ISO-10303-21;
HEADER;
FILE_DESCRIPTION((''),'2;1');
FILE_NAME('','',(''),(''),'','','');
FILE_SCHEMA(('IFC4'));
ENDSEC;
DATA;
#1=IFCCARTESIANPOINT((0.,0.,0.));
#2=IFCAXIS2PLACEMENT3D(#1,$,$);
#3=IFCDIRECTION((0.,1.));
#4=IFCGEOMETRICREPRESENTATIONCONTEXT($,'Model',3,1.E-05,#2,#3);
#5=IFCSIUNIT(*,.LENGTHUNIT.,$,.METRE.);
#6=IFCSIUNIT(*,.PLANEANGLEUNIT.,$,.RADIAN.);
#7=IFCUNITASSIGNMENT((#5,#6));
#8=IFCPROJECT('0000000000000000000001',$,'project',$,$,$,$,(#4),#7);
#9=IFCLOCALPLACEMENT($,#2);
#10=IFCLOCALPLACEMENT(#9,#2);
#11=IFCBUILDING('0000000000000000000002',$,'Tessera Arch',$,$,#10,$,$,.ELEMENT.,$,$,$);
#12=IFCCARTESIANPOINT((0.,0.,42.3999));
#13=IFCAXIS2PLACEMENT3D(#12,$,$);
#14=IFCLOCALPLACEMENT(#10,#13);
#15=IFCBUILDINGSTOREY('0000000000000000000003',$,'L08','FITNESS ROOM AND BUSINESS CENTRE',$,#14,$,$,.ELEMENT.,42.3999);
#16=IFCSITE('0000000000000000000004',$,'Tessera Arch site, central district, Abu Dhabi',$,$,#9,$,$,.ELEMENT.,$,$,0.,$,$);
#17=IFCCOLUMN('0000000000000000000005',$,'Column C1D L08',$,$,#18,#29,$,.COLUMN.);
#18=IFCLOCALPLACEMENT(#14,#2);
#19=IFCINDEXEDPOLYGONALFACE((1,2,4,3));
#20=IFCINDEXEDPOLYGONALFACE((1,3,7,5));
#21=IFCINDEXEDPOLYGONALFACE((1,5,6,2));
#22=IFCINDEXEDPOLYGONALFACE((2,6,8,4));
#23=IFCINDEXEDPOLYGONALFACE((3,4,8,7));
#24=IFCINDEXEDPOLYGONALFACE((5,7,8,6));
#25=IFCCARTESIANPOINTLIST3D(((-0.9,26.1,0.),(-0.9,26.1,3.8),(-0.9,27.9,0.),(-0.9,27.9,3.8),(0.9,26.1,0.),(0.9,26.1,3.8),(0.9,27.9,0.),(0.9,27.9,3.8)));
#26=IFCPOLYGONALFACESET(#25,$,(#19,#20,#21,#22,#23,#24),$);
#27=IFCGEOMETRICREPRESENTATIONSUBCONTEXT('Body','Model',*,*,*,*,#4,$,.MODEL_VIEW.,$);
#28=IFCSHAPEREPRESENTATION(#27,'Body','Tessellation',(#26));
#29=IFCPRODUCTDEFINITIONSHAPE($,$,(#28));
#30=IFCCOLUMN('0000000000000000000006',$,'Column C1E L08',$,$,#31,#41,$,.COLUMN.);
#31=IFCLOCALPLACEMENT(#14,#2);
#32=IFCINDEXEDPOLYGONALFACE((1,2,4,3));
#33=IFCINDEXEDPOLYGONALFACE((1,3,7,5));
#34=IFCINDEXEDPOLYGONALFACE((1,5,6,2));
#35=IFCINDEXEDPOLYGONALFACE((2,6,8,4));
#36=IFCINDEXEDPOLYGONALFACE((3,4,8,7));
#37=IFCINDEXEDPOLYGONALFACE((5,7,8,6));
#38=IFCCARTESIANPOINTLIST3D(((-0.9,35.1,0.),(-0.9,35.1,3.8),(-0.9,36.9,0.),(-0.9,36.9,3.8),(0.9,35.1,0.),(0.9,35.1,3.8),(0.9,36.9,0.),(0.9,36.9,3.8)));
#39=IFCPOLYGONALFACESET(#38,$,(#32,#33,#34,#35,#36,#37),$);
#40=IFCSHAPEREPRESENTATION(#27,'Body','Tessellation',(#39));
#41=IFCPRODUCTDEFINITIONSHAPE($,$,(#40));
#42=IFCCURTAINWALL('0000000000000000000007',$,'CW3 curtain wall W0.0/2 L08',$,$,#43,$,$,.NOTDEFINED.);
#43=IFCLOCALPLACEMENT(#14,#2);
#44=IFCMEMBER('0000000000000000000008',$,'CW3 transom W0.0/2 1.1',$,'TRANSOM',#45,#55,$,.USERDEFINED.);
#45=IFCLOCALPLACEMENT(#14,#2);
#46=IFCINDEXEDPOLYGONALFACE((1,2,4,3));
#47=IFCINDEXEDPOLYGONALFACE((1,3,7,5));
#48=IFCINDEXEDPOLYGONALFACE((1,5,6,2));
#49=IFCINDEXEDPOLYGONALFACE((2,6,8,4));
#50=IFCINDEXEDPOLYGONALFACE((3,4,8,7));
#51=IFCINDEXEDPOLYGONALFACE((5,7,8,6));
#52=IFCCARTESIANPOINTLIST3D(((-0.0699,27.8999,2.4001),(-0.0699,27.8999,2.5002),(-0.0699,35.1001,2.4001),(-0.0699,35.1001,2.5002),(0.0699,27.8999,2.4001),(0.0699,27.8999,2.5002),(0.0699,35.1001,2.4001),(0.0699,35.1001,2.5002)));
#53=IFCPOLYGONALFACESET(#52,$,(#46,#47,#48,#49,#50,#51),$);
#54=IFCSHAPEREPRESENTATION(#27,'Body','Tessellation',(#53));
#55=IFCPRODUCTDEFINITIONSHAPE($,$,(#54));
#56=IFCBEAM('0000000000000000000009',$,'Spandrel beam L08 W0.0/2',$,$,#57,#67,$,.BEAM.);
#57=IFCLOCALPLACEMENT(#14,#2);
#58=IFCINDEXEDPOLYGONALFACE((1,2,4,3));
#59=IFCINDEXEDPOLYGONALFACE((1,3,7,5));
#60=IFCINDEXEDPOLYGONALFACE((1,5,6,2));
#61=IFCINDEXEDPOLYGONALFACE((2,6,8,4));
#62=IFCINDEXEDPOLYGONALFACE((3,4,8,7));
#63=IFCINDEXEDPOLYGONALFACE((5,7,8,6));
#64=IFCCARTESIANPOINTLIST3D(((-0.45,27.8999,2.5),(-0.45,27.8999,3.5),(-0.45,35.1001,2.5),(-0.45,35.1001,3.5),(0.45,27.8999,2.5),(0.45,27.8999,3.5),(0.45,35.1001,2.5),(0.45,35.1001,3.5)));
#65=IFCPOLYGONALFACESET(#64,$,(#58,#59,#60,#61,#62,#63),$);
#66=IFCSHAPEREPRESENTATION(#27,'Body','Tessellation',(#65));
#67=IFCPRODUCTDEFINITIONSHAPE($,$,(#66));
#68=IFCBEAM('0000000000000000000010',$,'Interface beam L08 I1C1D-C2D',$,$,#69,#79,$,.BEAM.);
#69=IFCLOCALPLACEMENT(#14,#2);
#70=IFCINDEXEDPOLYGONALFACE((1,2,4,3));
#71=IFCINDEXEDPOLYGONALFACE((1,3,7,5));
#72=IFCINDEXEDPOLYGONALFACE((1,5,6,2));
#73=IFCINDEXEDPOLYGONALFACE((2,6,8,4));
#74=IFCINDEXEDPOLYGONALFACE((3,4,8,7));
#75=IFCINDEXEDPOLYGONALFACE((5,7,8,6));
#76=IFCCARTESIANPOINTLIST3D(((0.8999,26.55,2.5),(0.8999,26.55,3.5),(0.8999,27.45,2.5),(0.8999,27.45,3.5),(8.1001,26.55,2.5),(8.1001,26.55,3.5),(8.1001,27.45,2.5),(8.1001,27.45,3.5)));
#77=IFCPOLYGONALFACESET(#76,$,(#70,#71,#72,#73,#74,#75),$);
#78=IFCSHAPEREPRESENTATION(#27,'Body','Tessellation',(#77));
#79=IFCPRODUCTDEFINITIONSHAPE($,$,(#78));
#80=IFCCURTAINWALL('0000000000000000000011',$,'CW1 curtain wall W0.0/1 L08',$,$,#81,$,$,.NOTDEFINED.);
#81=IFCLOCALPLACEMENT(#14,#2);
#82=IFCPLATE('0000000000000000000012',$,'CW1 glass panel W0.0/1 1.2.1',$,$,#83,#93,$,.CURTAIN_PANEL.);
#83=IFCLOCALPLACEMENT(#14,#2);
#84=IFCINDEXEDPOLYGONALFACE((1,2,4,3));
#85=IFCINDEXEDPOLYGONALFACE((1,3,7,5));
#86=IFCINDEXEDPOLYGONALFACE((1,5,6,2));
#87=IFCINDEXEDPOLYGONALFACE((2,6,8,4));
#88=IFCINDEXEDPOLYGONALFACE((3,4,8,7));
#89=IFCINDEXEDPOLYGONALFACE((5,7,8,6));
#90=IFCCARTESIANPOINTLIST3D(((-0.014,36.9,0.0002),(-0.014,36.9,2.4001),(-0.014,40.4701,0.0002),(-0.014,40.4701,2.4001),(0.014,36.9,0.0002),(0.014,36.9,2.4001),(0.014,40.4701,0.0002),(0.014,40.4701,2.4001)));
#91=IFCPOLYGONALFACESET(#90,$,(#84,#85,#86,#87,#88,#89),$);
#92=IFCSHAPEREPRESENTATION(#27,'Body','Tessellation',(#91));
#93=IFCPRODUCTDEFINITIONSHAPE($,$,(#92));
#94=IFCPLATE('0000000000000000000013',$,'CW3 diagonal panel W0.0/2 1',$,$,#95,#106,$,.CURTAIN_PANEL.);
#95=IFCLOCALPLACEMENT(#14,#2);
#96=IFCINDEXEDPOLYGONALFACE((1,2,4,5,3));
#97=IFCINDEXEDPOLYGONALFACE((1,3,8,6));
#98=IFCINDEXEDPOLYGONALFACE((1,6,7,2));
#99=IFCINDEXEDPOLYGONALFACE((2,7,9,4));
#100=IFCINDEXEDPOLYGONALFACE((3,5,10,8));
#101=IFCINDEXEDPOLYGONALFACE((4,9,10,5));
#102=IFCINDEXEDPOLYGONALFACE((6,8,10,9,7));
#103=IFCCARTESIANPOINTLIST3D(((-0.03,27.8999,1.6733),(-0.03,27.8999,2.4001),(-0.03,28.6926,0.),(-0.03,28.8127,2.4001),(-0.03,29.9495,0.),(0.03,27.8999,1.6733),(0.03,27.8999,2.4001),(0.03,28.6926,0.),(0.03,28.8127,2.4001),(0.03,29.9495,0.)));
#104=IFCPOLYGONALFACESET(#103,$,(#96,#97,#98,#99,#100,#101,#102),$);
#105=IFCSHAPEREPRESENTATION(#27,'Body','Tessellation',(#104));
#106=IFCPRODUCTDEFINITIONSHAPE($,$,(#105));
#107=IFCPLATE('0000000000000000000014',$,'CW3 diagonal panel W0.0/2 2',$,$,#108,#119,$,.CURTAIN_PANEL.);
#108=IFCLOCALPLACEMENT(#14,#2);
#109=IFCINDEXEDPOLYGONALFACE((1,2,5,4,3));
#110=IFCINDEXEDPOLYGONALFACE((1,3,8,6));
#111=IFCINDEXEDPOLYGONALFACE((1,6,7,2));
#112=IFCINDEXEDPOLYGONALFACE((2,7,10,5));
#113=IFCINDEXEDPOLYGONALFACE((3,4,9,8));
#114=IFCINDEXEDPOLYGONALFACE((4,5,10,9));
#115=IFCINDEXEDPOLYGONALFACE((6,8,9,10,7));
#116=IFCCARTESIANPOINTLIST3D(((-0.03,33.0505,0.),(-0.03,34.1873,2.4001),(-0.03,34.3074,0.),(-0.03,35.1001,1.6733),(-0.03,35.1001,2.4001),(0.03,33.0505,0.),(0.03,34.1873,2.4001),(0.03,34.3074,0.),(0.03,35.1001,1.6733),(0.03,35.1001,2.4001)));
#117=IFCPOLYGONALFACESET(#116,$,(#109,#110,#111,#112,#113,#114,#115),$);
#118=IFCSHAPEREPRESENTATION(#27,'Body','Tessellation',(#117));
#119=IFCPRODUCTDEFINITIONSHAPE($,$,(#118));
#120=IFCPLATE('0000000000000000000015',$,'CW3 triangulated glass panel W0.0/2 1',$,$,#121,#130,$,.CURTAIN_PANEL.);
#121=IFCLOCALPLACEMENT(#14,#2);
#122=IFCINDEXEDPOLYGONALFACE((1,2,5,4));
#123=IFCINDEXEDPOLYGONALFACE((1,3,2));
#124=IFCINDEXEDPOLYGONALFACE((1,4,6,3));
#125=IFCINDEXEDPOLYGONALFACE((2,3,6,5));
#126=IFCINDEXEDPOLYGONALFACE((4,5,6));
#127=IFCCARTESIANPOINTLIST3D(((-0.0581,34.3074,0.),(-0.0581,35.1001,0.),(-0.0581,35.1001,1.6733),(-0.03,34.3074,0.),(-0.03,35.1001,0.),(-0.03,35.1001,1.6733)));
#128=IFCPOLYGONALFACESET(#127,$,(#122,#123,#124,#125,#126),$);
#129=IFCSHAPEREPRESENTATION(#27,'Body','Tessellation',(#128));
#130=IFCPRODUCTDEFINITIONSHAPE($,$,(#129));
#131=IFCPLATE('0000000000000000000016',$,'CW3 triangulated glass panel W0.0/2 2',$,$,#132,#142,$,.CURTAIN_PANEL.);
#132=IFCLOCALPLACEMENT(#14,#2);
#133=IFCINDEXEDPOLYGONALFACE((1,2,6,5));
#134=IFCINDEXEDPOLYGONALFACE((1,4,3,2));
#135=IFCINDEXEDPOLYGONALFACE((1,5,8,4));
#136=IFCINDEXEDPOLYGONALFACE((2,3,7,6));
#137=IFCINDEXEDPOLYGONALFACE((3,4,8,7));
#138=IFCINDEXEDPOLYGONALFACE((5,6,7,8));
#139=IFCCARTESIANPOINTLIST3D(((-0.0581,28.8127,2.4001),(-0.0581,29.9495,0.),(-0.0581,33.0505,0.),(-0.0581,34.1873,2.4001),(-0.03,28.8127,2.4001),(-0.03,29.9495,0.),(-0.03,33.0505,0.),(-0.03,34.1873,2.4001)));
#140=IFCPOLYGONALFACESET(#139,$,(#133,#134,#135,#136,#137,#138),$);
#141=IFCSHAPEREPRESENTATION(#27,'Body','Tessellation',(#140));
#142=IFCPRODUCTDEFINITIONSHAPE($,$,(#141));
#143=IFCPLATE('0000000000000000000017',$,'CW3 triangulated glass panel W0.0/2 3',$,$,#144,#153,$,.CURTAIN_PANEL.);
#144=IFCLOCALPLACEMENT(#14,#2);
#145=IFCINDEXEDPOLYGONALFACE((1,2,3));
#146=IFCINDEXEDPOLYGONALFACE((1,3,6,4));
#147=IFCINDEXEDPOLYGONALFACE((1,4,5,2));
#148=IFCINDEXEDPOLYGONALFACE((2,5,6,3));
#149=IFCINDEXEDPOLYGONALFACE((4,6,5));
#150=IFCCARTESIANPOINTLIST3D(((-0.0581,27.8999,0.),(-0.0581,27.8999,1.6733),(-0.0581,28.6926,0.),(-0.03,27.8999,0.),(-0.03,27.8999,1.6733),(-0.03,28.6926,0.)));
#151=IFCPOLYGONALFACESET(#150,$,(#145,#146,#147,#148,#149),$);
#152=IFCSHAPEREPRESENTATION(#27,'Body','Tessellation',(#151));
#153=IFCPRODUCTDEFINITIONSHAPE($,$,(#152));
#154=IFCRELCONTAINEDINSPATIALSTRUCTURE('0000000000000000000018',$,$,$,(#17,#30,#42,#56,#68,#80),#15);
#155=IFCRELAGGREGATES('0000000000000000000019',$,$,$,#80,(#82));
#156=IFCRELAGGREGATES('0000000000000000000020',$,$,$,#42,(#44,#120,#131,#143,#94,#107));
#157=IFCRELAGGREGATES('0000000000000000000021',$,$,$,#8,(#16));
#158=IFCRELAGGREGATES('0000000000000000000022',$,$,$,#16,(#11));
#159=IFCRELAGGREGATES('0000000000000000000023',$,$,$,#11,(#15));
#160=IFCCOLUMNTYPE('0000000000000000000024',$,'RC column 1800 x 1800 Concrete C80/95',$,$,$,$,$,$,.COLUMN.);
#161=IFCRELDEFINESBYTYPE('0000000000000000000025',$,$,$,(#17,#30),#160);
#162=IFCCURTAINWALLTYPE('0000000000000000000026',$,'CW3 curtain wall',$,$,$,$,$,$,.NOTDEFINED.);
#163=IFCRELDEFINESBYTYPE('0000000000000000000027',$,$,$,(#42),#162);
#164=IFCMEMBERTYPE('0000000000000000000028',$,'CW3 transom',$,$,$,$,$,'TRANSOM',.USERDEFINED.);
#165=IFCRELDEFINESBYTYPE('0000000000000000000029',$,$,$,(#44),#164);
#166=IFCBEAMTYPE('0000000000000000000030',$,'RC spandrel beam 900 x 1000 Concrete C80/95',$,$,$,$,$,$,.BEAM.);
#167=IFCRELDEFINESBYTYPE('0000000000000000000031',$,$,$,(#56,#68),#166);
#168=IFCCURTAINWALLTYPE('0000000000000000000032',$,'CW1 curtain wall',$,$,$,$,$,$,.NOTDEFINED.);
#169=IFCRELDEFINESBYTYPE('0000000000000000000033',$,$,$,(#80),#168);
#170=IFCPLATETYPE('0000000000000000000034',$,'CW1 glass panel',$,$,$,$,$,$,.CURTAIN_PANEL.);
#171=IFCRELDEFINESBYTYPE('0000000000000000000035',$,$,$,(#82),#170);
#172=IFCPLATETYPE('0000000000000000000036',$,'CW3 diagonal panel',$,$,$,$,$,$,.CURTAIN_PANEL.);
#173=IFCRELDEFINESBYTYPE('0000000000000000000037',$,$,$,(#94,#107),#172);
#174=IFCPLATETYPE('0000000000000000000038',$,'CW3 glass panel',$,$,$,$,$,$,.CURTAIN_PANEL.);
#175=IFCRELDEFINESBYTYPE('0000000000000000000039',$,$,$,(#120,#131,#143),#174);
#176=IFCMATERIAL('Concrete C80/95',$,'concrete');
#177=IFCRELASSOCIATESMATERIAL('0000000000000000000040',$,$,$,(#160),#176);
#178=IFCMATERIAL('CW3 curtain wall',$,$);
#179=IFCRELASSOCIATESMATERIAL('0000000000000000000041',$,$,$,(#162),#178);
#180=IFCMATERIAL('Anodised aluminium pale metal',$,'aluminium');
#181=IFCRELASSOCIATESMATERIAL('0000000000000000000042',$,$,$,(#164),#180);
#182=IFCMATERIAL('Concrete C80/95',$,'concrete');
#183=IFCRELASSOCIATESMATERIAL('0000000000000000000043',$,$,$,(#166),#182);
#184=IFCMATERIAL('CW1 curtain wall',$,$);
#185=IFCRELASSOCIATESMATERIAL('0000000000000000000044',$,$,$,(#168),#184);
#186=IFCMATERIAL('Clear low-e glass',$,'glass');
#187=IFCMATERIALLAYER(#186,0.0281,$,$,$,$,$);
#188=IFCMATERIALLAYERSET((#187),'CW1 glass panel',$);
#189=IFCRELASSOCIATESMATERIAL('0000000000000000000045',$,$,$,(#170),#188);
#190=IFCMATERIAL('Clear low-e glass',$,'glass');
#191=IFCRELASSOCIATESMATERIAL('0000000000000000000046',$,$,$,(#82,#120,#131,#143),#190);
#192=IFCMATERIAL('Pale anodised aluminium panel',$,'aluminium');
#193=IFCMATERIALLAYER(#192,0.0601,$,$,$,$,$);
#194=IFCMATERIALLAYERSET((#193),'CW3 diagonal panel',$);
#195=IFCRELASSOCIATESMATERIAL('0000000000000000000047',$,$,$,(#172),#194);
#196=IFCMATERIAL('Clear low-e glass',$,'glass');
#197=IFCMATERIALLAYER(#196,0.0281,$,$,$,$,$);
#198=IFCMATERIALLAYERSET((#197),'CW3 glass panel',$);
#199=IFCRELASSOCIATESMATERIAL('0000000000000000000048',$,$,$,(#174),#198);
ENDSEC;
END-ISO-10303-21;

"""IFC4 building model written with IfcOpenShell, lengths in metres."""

from ifc_helpers import new_model, si_unit, direction, frame, origin, origin_2d, place, context, subcontext, project, spatial, polyline, rectangle, outline, extrude, material, layer, layer_set, material_profile, profile_set, type_object, element, aggregate, save


model = new_model("IFC4")

# Units and contexts
model_context = context("Model", 3, precision=1e-05, world=origin(), true_north=direction((0.0, 1.0)))
body_context = subcontext(model_context, "Body", "Model", "MODEL_VIEW")
ifc_project = project(units=[si_unit("LENGTHUNIT", "METRE"), si_unit("PLANEANGLEUNIT", "RADIAN")], contexts=[model_context])

# Site, building, storey
site_placement = place(None, origin())
site = spatial("IfcSite", under=ifc_project, at=site_placement, Name="Tessera Arch site, central district, Abu Dhabi", CompositionType="ELEMENT", RefElevation=0.0)
building_placement = place(site_placement, origin())
building = spatial("IfcBuilding", under=site, at=building_placement, Name="Tessera Arch", CompositionType="ELEMENT")
storey_placement = place(building_placement, frame((0.0, 0.0, 42.3999)))
storey = spatial("IfcBuildingStorey", under=building, at=storey_placement, Name="L08", Description="FITNESS ROOM AND BUSINESS CENTRE", CompositionType="ELEMENT", Elevation=42.3999)

# Columns
ifc_material_1 = material(Name="Concrete C80/95", Category="concrete")
ifc_material_profile_1 = material_profile(ifc_material_1, rectangle(XDim=1.8, YDim=1.8, at=origin_2d()), Name="RC column 1800 x 1800 Concrete C80/95")
ifc_profile_set_1 = profile_set([ifc_material_profile_1], Name="Concrete C80/95")
column_type = type_object("IfcColumnType", Name="RC column 1800 x 1800 Concrete C80/95", PredefinedType="COLUMN", material=ifc_profile_set_1)
for number, where, z_axis, x_axis, name in (
    (1, (0.0, 27.0, 0.0), (0.0, 0.0, 1.0), (1.0, 0.0, 0.0), "Column C1D L08"),
    (2, (0.0, 36.0, 0.0), (0.0, 0.0, 1.0), (1.0, 0.0, 0.0), "Column C1E L08"),
):
    element("IfcColumn", number, at=place(storey_placement, frame(where, z_axis=z_axis, x_axis=x_axis)), inside=storey, type_object=column_type, Name=name, PredefinedType="COLUMN", context=body_context, shape_type="SweptSolid", body=[
        extrude(rectangle(XDim=1.8, YDim=1.8, at=origin_2d()), origin(), (0.0, 0.0, 1.0), 3.8),
    ])

# Curtain wall, member
ifc_material_2 = material(Name="CW3 curtain wall")
curtain_wall_type_1 = type_object("IfcCurtainWallType", Name="CW3 curtain wall", PredefinedType="NOTDEFINED", material=ifc_material_2)
curtain_wall_1_placement = place(storey_placement, origin())
curtain_wall_1 = element("IfcCurtainWall", 3, at=curtain_wall_1_placement, inside=storey, type_object=curtain_wall_type_1, Name="CW3 curtain wall W0.0/2 L08", PredefinedType="NOTDEFINED")
ifc_material_3 = material(Name="Anodised aluminium pale metal", Category="aluminium")
ifc_material_profile_2 = material_profile(ifc_material_3, rectangle(XDim=0.1399, YDim=0.1001, at=origin_2d()), Name="AL 140x100")
ifc_profile_set_2 = profile_set([ifc_material_profile_2], Name="Anodised aluminium pale metal")
member_type = type_object("IfcMemberType", Name="CW3 transom", ElementType="TRANSOM", PredefinedType="USERDEFINED", material=ifc_profile_set_2)
member_placement = place(storey_placement, frame((0.0, 35.1001, 2.4502), z_axis=(0.0, -1.0, 0.0), x_axis=(1.0, 0.0, 0.0)))
member = element("IfcMember", 4, at=member_placement, type_object=member_type, Name="CW3 transom W0.0/2 1.1", ObjectType="TRANSOM", PredefinedType="USERDEFINED", context=body_context, shape_type="SweptSolid", body=[
    extrude(rectangle(XDim=0.1399, YDim=0.1001, at=origin_2d()), origin(), (0.0, 0.0, 1.0), 7.2002),
])

# Beams
ifc_material_4 = material(Name="Concrete C80/95", Category="concrete")
ifc_material_profile_3 = material_profile(ifc_material_4, rectangle(XDim=0.8999, YDim=1.0, at=origin_2d()), Name="RC spandrel beam 900 x 1000 Concrete C80/95")
ifc_profile_set_3 = profile_set([ifc_material_profile_3], Name="Concrete C80/95")
beam_type = type_object("IfcBeamType", Name="RC spandrel beam 900 x 1000 Concrete C80/95", PredefinedType="BEAM", material=ifc_profile_set_3)
for number, where, z_axis, x_axis, name in (
    (5, (0.0, 35.1001, 3.0), (0.0, -1.0, 0.0), (1.0, 0.0, 0.0), "Spandrel beam L08 W0.0/2"),
    (6, (0.8999, 27.0, 3.0), (1.0, 0.0, 0.0), (0.0, 1.0, 0.0), "Interface beam L08 I1C1D-C2D"),
):
    element("IfcBeam", number, at=place(storey_placement, frame(where, z_axis=z_axis, x_axis=x_axis)), inside=storey, type_object=beam_type, Name=name, PredefinedType="BEAM", context=body_context, shape_type="SweptSolid", body=[
        extrude(rectangle(XDim=0.8999, YDim=1.0, at=origin_2d()), origin(), (0.0, 0.0, 1.0), 7.2002),
    ])

# Curtain wall, plate
ifc_material_5 = material(Name="CW1 curtain wall")
curtain_wall_type_2 = type_object("IfcCurtainWallType", Name="CW1 curtain wall", PredefinedType="NOTDEFINED", material=ifc_material_5)
curtain_wall_2_placement = place(storey_placement, origin())
curtain_wall_2 = element("IfcCurtainWall", 7, at=curtain_wall_2_placement, inside=storey, type_object=curtain_wall_type_2, Name="CW1 curtain wall W0.0/1 L08", PredefinedType="NOTDEFINED")
ifc_material_6 = material(Name="Clear low-e glass", Category="glass")
ifc_material_7 = material(Name="Clear low-e glass", Category="glass")
ifc_layer_1 = layer(ifc_material_7, 0.0281)
ifc_layer_set_1 = layer_set([ifc_layer_1], Name="CW1 glass panel")
plate_type_1 = type_object("IfcPlateType", Name="CW1 glass panel", PredefinedType="CURTAIN_PANEL", material=ifc_layer_set_1)
plate_1_placement = place(storey_placement, frame((0.0, 38.6851, 0.0002), z_axis=(0.0, 0.0, 1.0), x_axis=(0.0, -1.0, 0.0)))
plate_1 = element("IfcPlate", 8, at=plate_1_placement, type_object=plate_type_1, material=ifc_material_6, Name="CW1 glass panel W0.0/1 1.2.1", PredefinedType="CURTAIN_PANEL", context=body_context, shape_type="SweptSolid", body=[
    extrude(rectangle(XDim=3.5701, YDim=0.0281, at=origin_2d()), origin(), (0.0, 0.0, 1.0), 2.3999),
])
aggregate(curtain_wall_2, [plate_1])

# Plates
ifc_material_8 = material(Name="Pale anodised aluminium panel", Category="aluminium")
ifc_layer_2 = layer(ifc_material_8, 0.0601)
ifc_layer_set_2 = layer_set([ifc_layer_2], Name="CW3 diagonal panel")
plate_type_2 = type_object("IfcPlateType", Name="CW3 diagonal panel", PredefinedType="CURTAIN_PANEL", material=ifc_layer_set_2)
plate_2_placement = place(storey_placement, frame((-0.03, 27.8999, 2.4001), z_axis=(-1.0, 0.0, 0.0), x_axis=(0.0, 1.0, 0.0)))
plate_2 = element("IfcPlate", 9, at=plate_2_placement, type_object=plate_type_2, Name="CW3 diagonal panel W0.0/2 1", PredefinedType="CURTAIN_PANEL", context=body_context, shape_type="SweptSolid", body=[
    extrude(outline(polyline([(0.0, 0.0), (0.9128, 0.0), (2.0496, 2.4001), (0.7927, 2.4001), (0.0, 0.7268), (0.0, 0.0)])), origin(), (0.0, 0.0, -1.0), 0.0601),
])
plate_3_placement = place(storey_placement, frame((-0.03, 35.1001, 2.4001), z_axis=(-1.0, 0.0, 0.0), x_axis=(0.0, 0.0, -1.0)))
plate_3 = element("IfcPlate", 10, at=plate_3_placement, type_object=plate_type_2, Name="CW3 diagonal panel W0.0/2 2", PredefinedType="CURTAIN_PANEL", context=body_context, shape_type="SweptSolid", body=[
    extrude(outline(polyline([(0.0, 0.0), (0.7268, 0.0), (2.4001, 0.7927), (2.4001, 2.0496), (0.0, 0.9128), (0.0, 0.0)])), origin(), (0.0, 0.0, -1.0), 0.0601),
])
ifc_material_9 = material(Name="Clear low-e glass", Category="glass")
ifc_layer_3 = layer(ifc_material_9, 0.0281)
ifc_layer_set_3 = layer_set([ifc_layer_3], Name="CW3 glass panel")
plate_type_3 = type_object("IfcPlateType", Name="CW3 glass panel", PredefinedType="CURTAIN_PANEL", material=ifc_layer_set_3)
plate_4_placement = place(storey_placement, frame((-0.0581, 35.1001, 0.0), z_axis=(-1.0, 0.0, 0.0), x_axis=(0.0, -1.0, 0.0)))
plate_4 = element("IfcPlate", 11, at=plate_4_placement, type_object=plate_type_3, material=ifc_material_6, Name="CW3 triangulated glass panel W0.0/2 1", PredefinedType="CURTAIN_PANEL", context=body_context, shape_type="SweptSolid", body=[
    extrude(outline(polyline([(0.0, 0.0), (0.7927, 0.0), (0.0, 1.6733), (0.0, 0.0)])), origin(), (0.0, 0.0, -1.0), 0.0281),
])
plate_5_placement = place(storey_placement, frame((-0.0581, 28.8127, 2.4001), z_axis=(-1.0, 0.0, 0.0), x_axis=(0.0, 1.0, 0.0)))
plate_5 = element("IfcPlate", 12, at=plate_5_placement, type_object=plate_type_3, material=ifc_material_6, Name="CW3 triangulated glass panel W0.0/2 2", PredefinedType="CURTAIN_PANEL", context=body_context, shape_type="SweptSolid", body=[
    extrude(outline(polyline([(0.0, 0.0), (5.3745, 0.0), (4.2378, 2.4001), (1.1367, 2.4001), (0.0, 0.0)])), origin(), (0.0, 0.0, -1.0), 0.0281),
])
plate_6_placement = place(storey_placement, frame((-0.0581, 27.8999, 0.0), z_axis=(-1.0, 0.0, 0.0), x_axis=(0.0, 0.0, 1.0)))
plate_6 = element("IfcPlate", 13, at=plate_6_placement, type_object=plate_type_3, material=ifc_material_6, Name="CW3 triangulated glass panel W0.0/2 3", PredefinedType="CURTAIN_PANEL", context=body_context, shape_type="SweptSolid", body=[
    extrude(outline(polyline([(0.0, 0.0), (1.6733, 0.0), (0.0, 0.7927), (0.0, 0.0)])), origin(), (0.0, 0.0, -1.0), 0.0281),
])
aggregate(curtain_wall_1, [member, plate_4, plate_5, plate_6, plate_2, plate_3])

save(model, "model.ifc")
